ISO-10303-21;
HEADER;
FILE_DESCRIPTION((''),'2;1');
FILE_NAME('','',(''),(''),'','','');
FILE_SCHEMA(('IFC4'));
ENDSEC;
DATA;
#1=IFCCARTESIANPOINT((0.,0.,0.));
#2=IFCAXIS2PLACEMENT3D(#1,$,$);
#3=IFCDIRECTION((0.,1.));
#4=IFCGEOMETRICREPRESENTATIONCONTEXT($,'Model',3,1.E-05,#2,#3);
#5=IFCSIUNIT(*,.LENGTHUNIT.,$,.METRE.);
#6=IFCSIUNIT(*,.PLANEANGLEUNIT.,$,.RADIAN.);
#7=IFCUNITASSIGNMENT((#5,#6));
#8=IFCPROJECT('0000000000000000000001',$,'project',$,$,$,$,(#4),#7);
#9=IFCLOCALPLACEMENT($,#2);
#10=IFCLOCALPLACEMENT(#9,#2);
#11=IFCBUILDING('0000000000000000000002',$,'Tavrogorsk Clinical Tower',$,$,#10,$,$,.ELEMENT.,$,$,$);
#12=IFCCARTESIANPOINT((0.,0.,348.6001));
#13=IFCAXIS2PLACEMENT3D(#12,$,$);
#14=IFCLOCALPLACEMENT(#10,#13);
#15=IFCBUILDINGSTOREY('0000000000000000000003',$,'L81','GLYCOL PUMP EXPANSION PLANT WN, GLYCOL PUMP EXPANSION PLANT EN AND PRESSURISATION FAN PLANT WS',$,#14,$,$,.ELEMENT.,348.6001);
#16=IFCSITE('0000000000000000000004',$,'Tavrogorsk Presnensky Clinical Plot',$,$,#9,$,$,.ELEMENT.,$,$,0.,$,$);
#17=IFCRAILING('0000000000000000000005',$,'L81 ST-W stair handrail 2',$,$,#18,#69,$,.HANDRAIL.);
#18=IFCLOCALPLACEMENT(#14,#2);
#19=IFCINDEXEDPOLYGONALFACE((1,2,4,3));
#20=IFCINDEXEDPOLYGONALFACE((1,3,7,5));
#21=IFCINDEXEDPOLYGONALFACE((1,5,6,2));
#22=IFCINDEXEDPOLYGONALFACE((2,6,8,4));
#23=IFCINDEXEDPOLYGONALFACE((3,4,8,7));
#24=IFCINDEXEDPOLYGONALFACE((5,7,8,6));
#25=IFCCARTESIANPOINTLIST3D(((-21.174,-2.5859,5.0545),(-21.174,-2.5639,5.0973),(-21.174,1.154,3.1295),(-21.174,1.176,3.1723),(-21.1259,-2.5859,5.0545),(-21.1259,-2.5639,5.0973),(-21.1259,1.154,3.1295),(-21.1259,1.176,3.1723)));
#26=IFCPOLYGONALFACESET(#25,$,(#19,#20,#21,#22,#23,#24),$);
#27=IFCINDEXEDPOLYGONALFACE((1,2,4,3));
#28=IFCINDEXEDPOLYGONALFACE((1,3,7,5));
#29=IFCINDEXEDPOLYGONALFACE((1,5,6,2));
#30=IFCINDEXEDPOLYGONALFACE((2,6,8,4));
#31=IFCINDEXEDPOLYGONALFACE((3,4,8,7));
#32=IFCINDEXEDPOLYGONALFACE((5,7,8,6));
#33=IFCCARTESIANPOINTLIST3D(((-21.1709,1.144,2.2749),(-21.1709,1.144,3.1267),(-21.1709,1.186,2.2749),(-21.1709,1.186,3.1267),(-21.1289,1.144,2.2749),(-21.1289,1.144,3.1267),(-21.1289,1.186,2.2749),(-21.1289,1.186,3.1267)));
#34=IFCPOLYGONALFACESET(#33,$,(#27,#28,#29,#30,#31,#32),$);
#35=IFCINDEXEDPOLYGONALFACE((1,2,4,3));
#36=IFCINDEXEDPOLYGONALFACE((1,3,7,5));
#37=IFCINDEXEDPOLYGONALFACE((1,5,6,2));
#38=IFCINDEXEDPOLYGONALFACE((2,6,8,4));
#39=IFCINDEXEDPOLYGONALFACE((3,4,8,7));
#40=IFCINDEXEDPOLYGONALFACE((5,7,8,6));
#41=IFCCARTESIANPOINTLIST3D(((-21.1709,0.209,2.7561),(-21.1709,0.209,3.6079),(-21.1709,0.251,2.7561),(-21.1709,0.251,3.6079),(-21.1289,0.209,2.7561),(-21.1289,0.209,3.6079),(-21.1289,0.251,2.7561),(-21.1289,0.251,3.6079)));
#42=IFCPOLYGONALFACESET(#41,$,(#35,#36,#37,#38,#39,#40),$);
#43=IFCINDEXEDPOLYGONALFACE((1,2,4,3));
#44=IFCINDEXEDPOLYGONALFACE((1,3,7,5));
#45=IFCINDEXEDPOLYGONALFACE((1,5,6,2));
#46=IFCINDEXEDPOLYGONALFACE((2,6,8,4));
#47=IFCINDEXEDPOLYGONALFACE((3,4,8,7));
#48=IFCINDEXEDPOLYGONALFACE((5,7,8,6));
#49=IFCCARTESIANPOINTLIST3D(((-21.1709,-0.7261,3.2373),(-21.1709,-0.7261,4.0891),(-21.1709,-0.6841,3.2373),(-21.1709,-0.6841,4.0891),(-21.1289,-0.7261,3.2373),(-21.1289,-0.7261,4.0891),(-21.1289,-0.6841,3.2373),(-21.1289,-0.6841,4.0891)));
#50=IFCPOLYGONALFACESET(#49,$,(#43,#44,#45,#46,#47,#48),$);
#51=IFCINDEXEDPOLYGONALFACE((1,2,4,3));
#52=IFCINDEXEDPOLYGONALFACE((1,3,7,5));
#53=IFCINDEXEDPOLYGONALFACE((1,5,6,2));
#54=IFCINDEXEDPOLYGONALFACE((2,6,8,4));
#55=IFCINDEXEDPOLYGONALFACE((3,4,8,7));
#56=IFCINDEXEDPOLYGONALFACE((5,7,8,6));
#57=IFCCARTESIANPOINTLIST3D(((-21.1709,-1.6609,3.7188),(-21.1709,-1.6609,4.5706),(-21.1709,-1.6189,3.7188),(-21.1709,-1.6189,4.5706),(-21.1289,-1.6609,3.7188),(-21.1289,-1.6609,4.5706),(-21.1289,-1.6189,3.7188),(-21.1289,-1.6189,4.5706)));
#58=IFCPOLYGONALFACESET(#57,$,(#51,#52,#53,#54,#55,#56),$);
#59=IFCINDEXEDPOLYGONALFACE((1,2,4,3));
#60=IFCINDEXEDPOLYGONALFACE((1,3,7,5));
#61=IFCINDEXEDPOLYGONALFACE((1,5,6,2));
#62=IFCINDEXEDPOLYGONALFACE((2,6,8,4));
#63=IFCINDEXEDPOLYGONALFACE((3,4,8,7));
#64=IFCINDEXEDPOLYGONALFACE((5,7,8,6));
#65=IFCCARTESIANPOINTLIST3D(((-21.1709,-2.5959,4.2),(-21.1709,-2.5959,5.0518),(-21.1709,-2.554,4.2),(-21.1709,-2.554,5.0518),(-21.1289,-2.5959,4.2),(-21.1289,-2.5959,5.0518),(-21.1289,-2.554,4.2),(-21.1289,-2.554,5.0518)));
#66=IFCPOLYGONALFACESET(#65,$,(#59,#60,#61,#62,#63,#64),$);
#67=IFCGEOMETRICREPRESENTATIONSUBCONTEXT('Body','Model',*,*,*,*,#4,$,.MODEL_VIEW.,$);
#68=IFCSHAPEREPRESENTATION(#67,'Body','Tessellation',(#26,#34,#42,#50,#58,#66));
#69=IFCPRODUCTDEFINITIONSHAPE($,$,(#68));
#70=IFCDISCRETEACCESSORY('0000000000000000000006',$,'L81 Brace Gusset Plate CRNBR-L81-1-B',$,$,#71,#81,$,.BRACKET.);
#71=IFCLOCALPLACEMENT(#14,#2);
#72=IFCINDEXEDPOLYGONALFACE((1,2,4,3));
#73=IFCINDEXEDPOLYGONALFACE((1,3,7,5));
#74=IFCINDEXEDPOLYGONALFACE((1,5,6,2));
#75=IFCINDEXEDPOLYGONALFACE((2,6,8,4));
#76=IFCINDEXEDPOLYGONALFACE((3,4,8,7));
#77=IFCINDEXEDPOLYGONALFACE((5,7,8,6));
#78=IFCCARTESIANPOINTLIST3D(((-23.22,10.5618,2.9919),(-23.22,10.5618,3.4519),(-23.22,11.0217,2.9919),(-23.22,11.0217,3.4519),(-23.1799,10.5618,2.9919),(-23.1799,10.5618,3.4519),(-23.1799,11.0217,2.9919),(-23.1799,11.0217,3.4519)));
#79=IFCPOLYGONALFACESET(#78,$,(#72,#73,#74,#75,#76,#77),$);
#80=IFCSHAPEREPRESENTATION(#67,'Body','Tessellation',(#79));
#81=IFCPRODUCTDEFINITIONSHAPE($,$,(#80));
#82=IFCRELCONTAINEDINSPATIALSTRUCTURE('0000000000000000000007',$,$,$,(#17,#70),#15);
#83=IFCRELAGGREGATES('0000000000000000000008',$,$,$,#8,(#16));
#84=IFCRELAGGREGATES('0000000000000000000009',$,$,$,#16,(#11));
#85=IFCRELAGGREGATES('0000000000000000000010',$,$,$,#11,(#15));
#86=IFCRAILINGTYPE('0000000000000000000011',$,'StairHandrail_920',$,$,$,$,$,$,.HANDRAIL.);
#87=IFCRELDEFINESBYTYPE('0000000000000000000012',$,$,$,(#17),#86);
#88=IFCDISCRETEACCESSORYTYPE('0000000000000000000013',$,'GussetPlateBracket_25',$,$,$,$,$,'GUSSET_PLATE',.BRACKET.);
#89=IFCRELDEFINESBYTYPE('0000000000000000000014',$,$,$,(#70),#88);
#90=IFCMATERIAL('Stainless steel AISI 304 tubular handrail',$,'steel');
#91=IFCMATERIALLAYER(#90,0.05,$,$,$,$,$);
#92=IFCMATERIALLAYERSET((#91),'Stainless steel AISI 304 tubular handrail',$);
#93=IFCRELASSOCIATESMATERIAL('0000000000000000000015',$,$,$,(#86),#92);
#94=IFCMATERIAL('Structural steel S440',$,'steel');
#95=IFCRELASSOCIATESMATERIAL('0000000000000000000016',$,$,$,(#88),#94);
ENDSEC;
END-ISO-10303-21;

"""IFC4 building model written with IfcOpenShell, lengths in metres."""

from ifc_helpers import new_model, si_unit, direction, frame, origin, origin_2d, place, context, subcontext, project, spatial, rectangle, extrude, material, layer, layer_set, type_object, element, save


model = new_model("IFC4")

# Units and contexts
model_context = context("Model", 3, precision=1e-05, world=origin(), true_north=direction((0.0, 1.0)))
body_context = subcontext(model_context, "Body", "Model", "MODEL_VIEW")
ifc_project = project(units=[si_unit("LENGTHUNIT", "METRE"), si_unit("PLANEANGLEUNIT", "RADIAN")], contexts=[model_context])

# Site, building, storey
site_placement = place(None, origin())
site = spatial("IfcSite", under=ifc_project, at=site_placement, Name="Tavrogorsk Presnensky Clinical Plot", CompositionType="ELEMENT", RefElevation=0.0)
building_placement = place(site_placement, origin())
building = spatial("IfcBuilding", under=site, at=building_placement, Name="Tavrogorsk Clinical Tower", CompositionType="ELEMENT")
storey_placement = place(building_placement, frame((0.0, 0.0, 348.6001)))
storey = spatial("IfcBuildingStorey", under=building, at=storey_placement, Name="L81", Description="GLYCOL PUMP EXPANSION PLANT WN, GLYCOL PUMP EXPANSION PLANT EN AND PRESSURISATION FAN PLANT WS", CompositionType="ELEMENT", Elevation=348.6001)

# Railing
ifc_material_1 = material(Name="Stainless steel AISI 304 tubular handrail", Category="steel")
ifc_layer_1 = layer(ifc_material_1, 0.05)
ifc_layer_set_1 = layer_set([ifc_layer_1], Name="Stainless steel AISI 304 tubular handrail")
railing_type_1 = type_object("IfcRailingType", Name="StairHandrail_920", PredefinedType="HANDRAIL", material=ifc_layer_set_1)
railing_1_placement = place(storey_placement, frame((-21.1499, 1.165, 2.2749)))
element("IfcRailing", 1, at=railing_1_placement, inside=storey, type_object=railing_type_1, Name="L81 ST-W stair handrail 2", PredefinedType="HANDRAIL", context=body_context, shape_type="SweptSolid", body=[
    extrude(rectangle(XDim=0.0481, YDim=0.0481, at=origin_2d()), frame((0.0, 0.0, 0.876), z_axis=(0.0, -0.889131, 0.457654), x_axis=(1.0, 0.0, 0.0)), (0.0, 0.0, 1.0), 4.2063),
    extrude(rectangle(XDim=0.042, YDim=0.042, at=origin_2d()), origin(), (0.0, 0.0, 1.0), 0.8518),
    extrude(rectangle(XDim=0.042, YDim=0.042, at=origin_2d()), frame((0.0, -0.9351, 0.4812)), (0.0, 0.0, 1.0), 0.8518),
    extrude(rectangle(XDim=0.042, YDim=0.042, at=origin_2d()), frame((0.0, -1.8701, 0.9624)), (0.0, 0.0, 1.0), 0.8518),
    extrude(rectangle(XDim=0.042, YDim=0.042, at=origin_2d()), frame((0.0, -2.8049, 1.4438)), (0.0, 0.0, 1.0), 0.8518),
    extrude(rectangle(XDim=0.042, YDim=0.042, at=origin_2d()), frame((0.0, -3.74, 1.925)), (0.0, 0.0, 1.0), 0.8518),
])

# Discrete accessory
ifc_material_2 = material(Name="Structural steel S440", Category="steel")
discrete_accessory_type = type_object("IfcDiscreteAccessoryType", Name="GussetPlateBracket_25", ElementType="GUSSET_PLATE", PredefinedType="BRACKET", material=ifc_material_2)
discrete_accessory_placement = place(storey_placement, frame((-23.2, 10.7917, 2.9919), z_axis=(0.0, 0.0, 1.0), x_axis=(0.0, 1.0, 0.0)))
element("IfcDiscreteAccessory", 2, at=discrete_accessory_placement, inside=storey, type_object=discrete_accessory_type, Name="L81 Brace Gusset Plate CRNBR-L81-1-B", PredefinedType="BRACKET", context=body_context, shape_type="SweptSolid", body=[
    extrude(rectangle(XDim=0.46, YDim=0.04, at=origin_2d()), origin(), (0.0, 0.0, 1.0), 0.46),
])

save(model, "model.ifc")
